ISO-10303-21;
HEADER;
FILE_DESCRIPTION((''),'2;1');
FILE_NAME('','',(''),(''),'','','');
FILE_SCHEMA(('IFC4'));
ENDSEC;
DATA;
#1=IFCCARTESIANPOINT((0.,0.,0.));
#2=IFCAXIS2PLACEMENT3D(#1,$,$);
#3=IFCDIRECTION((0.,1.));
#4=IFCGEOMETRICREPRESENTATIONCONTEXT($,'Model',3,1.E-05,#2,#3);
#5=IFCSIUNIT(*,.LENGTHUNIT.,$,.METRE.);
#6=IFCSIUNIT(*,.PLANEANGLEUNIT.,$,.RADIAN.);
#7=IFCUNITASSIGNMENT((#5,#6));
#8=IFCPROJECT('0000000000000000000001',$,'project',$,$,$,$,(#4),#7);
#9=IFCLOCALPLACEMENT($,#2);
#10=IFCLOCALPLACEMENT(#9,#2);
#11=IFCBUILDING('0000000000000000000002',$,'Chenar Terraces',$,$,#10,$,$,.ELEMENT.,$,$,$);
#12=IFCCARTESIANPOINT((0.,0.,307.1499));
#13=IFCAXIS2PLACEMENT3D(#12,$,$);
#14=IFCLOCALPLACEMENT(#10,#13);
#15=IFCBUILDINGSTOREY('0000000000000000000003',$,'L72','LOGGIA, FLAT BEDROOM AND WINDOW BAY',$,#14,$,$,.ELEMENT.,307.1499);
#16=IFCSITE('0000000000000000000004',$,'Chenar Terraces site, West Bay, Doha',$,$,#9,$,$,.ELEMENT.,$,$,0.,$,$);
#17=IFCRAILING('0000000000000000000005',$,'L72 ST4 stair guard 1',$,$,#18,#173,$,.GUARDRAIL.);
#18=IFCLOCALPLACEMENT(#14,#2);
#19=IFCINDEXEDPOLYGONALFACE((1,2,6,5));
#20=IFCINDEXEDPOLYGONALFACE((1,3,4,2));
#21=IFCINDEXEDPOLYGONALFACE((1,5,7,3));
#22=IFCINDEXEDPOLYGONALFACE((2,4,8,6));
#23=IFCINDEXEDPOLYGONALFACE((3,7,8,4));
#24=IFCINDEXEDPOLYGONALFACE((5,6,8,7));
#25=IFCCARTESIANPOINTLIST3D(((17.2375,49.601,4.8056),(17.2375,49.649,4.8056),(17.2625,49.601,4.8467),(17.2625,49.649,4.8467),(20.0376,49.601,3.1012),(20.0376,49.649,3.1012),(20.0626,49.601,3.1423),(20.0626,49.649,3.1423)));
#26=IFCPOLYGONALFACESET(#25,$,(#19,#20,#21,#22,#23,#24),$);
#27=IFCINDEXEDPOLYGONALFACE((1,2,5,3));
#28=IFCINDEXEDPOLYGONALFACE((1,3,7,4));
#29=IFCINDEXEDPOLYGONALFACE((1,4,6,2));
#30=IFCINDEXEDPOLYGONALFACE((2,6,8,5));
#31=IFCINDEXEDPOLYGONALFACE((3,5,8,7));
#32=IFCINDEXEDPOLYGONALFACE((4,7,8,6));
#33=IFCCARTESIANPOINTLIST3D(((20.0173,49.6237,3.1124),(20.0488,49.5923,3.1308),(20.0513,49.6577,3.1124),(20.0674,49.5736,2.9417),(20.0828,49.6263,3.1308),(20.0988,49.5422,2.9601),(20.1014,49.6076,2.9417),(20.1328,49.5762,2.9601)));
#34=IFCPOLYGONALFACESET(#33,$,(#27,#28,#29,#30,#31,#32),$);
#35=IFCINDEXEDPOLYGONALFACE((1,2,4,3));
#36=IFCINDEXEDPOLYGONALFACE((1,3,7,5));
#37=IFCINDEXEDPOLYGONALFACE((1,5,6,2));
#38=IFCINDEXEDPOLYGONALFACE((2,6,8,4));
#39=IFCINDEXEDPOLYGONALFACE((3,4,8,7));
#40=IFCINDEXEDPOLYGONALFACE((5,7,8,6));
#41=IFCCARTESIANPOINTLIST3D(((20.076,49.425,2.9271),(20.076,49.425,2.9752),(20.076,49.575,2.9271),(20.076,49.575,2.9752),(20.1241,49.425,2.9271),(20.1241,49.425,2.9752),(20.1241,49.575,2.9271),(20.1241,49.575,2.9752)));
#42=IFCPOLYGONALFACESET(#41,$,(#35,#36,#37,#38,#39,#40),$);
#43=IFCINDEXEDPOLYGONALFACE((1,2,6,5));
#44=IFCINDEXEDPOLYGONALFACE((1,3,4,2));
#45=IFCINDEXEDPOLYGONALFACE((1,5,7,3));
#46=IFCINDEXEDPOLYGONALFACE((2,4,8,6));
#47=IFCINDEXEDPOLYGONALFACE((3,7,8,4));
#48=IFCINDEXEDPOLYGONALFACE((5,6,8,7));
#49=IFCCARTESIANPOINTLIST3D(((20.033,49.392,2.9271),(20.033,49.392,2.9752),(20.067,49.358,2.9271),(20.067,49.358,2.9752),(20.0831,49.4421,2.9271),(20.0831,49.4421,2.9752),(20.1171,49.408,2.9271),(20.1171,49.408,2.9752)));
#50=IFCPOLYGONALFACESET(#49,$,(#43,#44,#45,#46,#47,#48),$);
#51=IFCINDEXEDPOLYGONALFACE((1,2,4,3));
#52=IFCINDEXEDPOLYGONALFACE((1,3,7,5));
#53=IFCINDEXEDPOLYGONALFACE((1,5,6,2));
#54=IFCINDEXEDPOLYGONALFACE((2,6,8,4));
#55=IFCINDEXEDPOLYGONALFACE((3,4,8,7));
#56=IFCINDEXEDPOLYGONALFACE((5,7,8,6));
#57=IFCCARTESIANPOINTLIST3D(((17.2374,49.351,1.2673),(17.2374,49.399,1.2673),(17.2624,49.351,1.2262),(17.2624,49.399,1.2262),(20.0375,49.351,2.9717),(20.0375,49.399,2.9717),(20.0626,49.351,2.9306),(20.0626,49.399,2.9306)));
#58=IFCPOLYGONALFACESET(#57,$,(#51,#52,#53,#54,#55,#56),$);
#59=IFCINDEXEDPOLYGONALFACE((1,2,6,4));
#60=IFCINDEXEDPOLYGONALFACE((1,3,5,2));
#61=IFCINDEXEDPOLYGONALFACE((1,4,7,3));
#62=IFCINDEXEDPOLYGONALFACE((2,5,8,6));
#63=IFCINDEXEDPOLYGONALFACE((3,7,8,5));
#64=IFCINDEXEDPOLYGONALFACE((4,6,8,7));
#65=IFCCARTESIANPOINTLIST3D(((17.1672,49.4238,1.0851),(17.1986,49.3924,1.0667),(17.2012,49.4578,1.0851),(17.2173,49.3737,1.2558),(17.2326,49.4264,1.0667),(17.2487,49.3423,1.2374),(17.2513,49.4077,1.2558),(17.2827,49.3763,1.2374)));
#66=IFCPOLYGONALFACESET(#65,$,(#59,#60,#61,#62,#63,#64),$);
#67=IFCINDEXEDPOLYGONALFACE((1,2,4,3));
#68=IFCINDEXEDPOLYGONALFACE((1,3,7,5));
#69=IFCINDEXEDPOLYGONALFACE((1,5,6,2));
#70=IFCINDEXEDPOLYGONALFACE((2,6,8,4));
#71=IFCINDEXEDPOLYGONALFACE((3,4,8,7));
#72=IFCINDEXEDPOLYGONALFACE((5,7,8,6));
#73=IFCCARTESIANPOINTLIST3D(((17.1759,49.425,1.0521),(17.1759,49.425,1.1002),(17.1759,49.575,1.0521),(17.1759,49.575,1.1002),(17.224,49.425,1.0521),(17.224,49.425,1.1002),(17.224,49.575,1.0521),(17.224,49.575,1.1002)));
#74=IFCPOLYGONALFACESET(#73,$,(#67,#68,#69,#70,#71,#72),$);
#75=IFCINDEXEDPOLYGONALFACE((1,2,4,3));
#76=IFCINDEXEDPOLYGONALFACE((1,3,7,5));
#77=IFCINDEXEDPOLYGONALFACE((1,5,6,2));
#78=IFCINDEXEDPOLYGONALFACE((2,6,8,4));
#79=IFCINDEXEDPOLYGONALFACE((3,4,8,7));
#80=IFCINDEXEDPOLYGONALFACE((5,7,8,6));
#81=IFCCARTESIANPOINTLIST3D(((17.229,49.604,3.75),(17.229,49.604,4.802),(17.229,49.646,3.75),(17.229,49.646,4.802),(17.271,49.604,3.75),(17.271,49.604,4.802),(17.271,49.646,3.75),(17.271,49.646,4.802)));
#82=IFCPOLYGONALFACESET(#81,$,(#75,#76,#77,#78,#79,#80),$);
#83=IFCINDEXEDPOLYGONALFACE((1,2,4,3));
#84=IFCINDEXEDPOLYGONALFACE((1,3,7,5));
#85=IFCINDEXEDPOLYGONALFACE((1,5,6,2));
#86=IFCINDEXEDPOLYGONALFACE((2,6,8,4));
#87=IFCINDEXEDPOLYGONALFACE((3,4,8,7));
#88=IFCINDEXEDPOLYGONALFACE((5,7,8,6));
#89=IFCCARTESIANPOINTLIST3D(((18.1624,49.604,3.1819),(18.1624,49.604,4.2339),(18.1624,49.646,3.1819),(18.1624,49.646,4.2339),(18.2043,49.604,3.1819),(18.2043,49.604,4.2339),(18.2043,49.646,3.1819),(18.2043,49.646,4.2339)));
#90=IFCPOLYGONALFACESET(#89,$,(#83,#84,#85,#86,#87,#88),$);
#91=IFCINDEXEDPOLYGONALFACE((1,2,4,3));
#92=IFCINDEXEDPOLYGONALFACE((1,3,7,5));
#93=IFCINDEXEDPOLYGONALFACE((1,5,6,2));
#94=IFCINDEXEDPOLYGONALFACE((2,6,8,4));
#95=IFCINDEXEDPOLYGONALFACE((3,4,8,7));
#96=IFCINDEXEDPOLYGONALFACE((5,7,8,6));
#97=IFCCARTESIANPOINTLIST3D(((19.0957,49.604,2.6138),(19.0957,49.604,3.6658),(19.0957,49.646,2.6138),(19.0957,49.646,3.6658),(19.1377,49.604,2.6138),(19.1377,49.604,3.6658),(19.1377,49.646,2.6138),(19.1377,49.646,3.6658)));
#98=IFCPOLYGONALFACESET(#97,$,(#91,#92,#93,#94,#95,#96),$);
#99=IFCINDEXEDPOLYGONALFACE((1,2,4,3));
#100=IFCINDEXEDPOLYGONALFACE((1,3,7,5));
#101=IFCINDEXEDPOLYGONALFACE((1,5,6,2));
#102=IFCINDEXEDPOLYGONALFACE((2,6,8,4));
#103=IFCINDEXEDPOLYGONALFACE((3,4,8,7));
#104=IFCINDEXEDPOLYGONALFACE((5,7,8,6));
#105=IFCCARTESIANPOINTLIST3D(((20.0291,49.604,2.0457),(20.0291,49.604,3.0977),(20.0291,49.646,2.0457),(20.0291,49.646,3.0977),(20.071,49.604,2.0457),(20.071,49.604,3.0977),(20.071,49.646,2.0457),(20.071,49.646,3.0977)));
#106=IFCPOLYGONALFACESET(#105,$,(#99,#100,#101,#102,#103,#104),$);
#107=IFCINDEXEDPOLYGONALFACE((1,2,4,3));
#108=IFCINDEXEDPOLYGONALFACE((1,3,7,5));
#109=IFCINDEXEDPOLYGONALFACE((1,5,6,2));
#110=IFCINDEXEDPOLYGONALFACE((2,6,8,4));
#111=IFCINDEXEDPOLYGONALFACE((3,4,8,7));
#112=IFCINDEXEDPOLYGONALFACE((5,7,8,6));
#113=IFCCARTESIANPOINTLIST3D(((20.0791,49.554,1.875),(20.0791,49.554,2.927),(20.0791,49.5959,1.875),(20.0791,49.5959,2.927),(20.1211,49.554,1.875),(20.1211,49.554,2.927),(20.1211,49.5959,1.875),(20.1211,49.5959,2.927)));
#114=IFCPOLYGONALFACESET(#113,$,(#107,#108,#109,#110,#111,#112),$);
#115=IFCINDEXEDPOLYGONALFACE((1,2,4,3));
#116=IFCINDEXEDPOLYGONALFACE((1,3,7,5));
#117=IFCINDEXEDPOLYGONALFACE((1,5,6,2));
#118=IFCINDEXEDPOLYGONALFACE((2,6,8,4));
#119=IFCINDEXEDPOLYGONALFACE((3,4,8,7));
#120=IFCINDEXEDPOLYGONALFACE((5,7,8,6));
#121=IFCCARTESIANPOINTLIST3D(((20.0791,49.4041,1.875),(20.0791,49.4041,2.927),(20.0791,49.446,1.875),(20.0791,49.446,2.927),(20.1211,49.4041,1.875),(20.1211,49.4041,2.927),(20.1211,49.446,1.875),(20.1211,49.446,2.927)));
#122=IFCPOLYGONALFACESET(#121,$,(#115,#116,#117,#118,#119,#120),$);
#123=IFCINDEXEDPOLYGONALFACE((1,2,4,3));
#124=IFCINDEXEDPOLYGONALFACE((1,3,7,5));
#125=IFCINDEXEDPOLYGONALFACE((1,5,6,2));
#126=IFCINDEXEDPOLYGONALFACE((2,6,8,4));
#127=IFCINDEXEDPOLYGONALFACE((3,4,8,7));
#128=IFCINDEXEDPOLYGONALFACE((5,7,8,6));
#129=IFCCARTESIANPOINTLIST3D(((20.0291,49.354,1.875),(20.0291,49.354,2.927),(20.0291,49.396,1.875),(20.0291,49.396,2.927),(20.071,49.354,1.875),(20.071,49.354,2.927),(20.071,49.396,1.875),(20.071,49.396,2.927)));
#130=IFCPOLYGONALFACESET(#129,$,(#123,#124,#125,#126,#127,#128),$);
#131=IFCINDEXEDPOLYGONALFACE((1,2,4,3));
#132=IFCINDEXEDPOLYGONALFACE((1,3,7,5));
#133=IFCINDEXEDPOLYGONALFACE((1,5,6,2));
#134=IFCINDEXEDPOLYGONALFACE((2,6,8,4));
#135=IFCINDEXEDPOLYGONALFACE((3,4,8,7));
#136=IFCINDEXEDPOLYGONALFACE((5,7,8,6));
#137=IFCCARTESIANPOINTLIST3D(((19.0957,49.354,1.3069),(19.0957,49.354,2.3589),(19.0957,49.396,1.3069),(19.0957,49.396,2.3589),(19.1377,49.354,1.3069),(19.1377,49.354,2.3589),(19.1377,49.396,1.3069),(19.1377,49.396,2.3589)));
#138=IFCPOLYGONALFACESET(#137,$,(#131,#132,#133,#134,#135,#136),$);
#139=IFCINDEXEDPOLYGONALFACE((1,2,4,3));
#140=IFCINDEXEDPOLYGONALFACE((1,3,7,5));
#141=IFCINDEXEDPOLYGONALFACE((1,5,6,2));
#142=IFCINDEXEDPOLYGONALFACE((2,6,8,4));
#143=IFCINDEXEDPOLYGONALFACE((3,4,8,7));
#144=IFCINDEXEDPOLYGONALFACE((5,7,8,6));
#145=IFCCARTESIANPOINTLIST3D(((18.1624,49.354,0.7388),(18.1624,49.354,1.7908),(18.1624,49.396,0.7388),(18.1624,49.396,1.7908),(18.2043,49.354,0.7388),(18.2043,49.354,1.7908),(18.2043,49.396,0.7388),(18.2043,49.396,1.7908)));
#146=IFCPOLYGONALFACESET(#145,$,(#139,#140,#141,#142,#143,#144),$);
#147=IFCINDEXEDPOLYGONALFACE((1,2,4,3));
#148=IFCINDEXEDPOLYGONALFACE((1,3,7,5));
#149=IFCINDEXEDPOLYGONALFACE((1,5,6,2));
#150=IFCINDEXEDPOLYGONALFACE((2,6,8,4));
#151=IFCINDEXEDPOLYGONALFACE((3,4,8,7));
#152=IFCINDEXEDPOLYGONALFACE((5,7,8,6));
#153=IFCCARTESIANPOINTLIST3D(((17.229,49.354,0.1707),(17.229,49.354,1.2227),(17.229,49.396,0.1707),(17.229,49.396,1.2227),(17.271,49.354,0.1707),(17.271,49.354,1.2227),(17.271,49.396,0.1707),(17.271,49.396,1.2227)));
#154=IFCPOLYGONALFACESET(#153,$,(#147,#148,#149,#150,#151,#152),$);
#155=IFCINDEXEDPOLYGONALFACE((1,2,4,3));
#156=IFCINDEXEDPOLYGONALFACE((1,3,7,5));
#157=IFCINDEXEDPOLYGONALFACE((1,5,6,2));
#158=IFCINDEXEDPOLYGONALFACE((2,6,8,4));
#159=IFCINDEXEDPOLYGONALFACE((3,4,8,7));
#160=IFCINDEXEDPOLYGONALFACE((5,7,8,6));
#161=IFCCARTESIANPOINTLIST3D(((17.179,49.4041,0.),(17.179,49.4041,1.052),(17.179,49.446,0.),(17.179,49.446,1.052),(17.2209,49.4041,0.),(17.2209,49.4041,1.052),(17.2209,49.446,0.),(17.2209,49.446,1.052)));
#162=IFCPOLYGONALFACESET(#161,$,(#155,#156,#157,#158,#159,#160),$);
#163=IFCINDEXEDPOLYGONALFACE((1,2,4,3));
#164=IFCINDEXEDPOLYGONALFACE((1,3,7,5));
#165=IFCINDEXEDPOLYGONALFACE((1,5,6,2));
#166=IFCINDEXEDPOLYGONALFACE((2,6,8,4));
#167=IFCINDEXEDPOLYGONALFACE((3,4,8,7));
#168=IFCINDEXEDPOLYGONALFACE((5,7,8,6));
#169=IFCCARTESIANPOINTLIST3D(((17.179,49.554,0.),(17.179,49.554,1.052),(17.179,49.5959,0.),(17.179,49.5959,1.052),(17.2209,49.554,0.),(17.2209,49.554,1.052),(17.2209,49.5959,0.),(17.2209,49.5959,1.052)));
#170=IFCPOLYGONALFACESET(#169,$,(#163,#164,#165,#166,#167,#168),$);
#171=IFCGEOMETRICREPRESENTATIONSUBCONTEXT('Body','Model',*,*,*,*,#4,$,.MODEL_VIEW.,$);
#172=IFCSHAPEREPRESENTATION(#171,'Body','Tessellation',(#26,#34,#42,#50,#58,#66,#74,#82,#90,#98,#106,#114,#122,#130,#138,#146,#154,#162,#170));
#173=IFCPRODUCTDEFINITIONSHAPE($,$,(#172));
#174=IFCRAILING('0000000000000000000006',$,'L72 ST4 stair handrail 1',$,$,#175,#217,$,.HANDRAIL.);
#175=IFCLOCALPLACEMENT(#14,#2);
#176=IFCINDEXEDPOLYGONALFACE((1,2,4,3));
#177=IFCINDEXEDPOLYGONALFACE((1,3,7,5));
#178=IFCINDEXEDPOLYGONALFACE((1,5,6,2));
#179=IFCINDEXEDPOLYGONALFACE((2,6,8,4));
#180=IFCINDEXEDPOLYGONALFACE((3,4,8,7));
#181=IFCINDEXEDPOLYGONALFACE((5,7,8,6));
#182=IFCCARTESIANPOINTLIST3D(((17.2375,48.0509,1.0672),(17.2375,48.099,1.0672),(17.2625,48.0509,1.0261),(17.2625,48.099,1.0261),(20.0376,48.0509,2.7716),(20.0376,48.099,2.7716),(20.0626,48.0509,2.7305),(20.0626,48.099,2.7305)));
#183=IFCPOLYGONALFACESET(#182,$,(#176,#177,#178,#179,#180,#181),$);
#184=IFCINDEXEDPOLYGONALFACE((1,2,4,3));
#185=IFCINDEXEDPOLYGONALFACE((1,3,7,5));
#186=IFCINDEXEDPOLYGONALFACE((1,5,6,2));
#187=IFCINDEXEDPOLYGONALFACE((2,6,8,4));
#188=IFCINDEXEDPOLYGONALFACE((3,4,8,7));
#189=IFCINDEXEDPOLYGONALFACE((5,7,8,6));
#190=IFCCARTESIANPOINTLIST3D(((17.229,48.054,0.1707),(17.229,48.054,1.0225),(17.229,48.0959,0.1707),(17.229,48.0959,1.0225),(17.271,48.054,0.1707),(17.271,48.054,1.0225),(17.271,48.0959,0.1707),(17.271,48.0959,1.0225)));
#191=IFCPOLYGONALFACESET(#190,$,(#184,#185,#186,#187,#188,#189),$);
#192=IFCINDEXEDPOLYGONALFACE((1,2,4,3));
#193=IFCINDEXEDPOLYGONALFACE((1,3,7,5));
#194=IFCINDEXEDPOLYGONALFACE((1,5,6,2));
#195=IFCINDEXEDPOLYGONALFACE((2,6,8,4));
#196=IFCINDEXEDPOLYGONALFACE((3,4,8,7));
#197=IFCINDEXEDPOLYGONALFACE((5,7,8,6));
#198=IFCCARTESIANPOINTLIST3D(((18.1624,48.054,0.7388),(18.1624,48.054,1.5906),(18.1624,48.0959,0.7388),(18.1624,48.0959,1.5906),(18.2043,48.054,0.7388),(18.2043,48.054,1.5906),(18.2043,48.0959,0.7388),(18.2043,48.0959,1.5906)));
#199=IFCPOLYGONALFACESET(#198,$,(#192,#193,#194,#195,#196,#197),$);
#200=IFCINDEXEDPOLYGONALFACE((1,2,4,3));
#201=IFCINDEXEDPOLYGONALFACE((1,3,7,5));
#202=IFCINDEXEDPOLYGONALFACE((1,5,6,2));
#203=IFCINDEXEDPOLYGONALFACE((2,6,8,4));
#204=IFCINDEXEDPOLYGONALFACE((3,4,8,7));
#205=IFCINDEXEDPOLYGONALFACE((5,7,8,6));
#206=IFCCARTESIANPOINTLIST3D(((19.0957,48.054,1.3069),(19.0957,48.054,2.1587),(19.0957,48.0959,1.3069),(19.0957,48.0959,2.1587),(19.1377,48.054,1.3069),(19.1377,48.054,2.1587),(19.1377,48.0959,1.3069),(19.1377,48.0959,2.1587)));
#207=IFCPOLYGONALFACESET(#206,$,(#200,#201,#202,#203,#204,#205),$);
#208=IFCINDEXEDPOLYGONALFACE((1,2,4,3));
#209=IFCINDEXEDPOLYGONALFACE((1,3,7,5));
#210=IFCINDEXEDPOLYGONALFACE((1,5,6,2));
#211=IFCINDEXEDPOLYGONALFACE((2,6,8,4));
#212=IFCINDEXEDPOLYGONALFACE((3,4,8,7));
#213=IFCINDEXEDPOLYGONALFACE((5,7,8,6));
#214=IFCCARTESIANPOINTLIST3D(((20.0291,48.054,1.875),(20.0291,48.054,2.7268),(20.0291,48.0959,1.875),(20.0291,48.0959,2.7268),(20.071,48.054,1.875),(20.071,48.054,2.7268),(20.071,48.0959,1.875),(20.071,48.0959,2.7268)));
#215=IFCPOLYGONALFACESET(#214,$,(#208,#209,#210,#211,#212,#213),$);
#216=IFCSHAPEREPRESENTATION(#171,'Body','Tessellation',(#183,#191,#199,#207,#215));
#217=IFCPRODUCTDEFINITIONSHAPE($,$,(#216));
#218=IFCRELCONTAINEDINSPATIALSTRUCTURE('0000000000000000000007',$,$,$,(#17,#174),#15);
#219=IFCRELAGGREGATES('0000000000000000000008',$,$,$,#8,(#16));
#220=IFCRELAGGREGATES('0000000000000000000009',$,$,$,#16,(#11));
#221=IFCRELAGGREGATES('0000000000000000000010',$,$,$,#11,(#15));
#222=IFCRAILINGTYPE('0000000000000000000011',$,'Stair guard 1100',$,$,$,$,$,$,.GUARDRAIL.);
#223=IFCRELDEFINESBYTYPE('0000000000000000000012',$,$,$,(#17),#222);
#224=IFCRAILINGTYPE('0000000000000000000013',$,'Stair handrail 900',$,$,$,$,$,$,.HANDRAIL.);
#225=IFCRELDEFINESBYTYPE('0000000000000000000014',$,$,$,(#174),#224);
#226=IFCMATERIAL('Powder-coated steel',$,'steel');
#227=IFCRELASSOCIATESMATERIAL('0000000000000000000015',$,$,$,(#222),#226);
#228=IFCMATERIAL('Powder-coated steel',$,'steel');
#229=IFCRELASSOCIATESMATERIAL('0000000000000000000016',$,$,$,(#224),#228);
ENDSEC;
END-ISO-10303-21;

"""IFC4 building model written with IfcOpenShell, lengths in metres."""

from ifc_helpers import new_model, si_unit, direction, frame, origin, origin_2d, place, context, subcontext, project, spatial, rectangle, extrude, material, type_object, element, save


model = new_model("IFC4")

# Units and contexts
model_context = context("Model", 3, precision=1e-05, world=origin(), true_north=direction((0.0, 1.0)))
body_context = subcontext(model_context, "Body", "Model", "MODEL_VIEW")
ifc_project = project(units=[si_unit("LENGTHUNIT", "METRE"), si_unit("PLANEANGLEUNIT", "RADIAN")], contexts=[model_context])

# Site, building, storey
site_placement = place(None, origin())
site = spatial("IfcSite", under=ifc_project, at=site_placement, Name="Chenar Terraces site, West Bay, Doha", CompositionType="ELEMENT", RefElevation=0.0)
building_placement = place(site_placement, origin())
building = spatial("IfcBuilding", under=site, at=building_placement, Name="Chenar Terraces", CompositionType="ELEMENT")
storey_placement = place(building_placement, frame((0.0, 0.0, 307.1499)))
storey = spatial("IfcBuildingStorey", under=building, at=storey_placement, Name="L72", Description="LOGGIA, FLAT BEDROOM AND WINDOW BAY", CompositionType="ELEMENT", Elevation=307.1499)

# Railings
ifc_material_1 = material(Name="Powder-coated steel", Category="steel")
railing_type_1 = type_object("IfcRailingType", Name="Stair guard 1100", PredefinedType="GUARDRAIL", material=ifc_material_1)
railing_1_placement = place(storey_placement, frame((17.25, 49.625, 3.75)))
element("IfcRailing", 1, at=railing_1_placement, inside=storey, type_object=railing_type_1, Name="L72 ST4 stair guard 1", PredefinedType="GUARDRAIL", context=body_context, shape_type="SweptSolid", body=[
    extrude(rectangle(XDim=0.0481, YDim=0.0481, at=origin_2d()), frame((0.0, 0.0, 1.0762), z_axis=(0.854203, 0.0, -0.51994), x_axis=(0.0, 1.0, 0.0)), (0.0, 0.0, 1.0), 3.2781),
    extrude(rectangle(XDim=0.0481, YDim=0.0481, at=origin_2d()), frame((2.8, 0.0, -0.6284), z_axis=(0.2709, -0.2709, -0.923703), x_axis=(0.707107, 0.707107, 0.0)), (0.0, 0.0, 1.0), 0.1848),
    extrude(rectangle(XDim=0.0481, YDim=0.0481, at=origin_2d()), frame((2.8501, -0.05, -0.7988), z_axis=(0.0, -1.0, 0.0), x_axis=(1.0, 0.0, 0.0)), (0.0, 0.0, 1.0), 0.1499),
    extrude(rectangle(XDim=0.0481, YDim=0.0481, at=origin_2d()), frame((2.8501, -0.2, -0.7988), z_axis=(-0.707107, -0.707107, 0.0), x_axis=(0.707107, -0.707107, 0.0)), (0.0, 0.0, 1.0), 0.0708),
    extrude(rectangle(XDim=0.0481, YDim=0.0481, at=origin_2d()), frame((2.8, -0.25, -0.7988), z_axis=(-0.854203, 0.0, -0.51994), x_axis=(0.0, -1.0, 0.0)), (0.0, 0.0, 1.0), 3.2781),
    extrude(rectangle(XDim=0.0481, YDim=0.0481, at=origin_2d()), frame((0.0, -0.25, -2.5034), z_axis=(-0.2709, 0.2709, -0.923703), x_axis=(-0.707107, -0.707107, 0.0)), (0.0, 0.0, 1.0), 0.1848),
    extrude(rectangle(XDim=0.0481, YDim=0.0481, at=origin_2d()), frame((-0.05, -0.2, -2.6738), z_axis=(0.0, 1.0, 0.0), x_axis=(-1.0, 0.0, 0.0)), (0.0, 0.0, 1.0), 0.1499),
    extrude(rectangle(XDim=0.042, YDim=0.042, at=origin_2d()), origin(), (0.0, 0.0, 1.0), 1.052),
    extrude(rectangle(XDim=0.042, YDim=0.042, at=origin_2d()), frame((0.9333, 0.0, -0.5681)), (0.0, 0.0, 1.0), 1.052),
    extrude(rectangle(XDim=0.042, YDim=0.042, at=origin_2d()), frame((1.8667, 0.0, -1.1362)), (0.0, 0.0, 1.0), 1.052),
    extrude(rectangle(XDim=0.042, YDim=0.042, at=origin_2d()), frame((2.8, 0.0, -1.7043)), (0.0, 0.0, 1.0), 1.052),
    extrude(rectangle(XDim=0.042, YDim=0.042, at=origin_2d()), frame((2.8501, -0.05, -1.875)), (0.0, 0.0, 1.0), 1.052),
    extrude(rectangle(XDim=0.042, YDim=0.042, at=origin_2d()), frame((2.8501, -0.2, -1.875)), (0.0, 0.0, 1.0), 1.052),
    extrude(rectangle(XDim=0.042, YDim=0.042, at=origin_2d()), frame((2.8, -0.25, -1.875)), (0.0, 0.0, 1.0), 1.052),
    extrude(rectangle(XDim=0.042, YDim=0.042, at=origin_2d()), frame((1.8667, -0.25, -2.4431)), (0.0, 0.0, 1.0), 1.052),
    extrude(rectangle(XDim=0.042, YDim=0.042, at=origin_2d()), frame((0.9333, -0.25, -3.0112)), (0.0, 0.0, 1.0), 1.052),
    extrude(rectangle(XDim=0.042, YDim=0.042, at=origin_2d()), frame((0.0, -0.25, -3.5793)), (0.0, 0.0, 1.0), 1.052),
    extrude(rectangle(XDim=0.042, YDim=0.042, at=origin_2d()), frame((-0.05, -0.2, -3.75)), (0.0, 0.0, 1.0), 1.052),
    extrude(rectangle(XDim=0.042, YDim=0.042, at=origin_2d()), frame((-0.05, -0.05, -3.75)), (0.0, 0.0, 1.0), 1.052),
])
ifc_material_2 = material(Name="Powder-coated steel", Category="steel")
railing_type_2 = type_object("IfcRailingType", Name="Stair handrail 900", PredefinedType="HANDRAIL", material=ifc_material_2)
railing_2_placement = place(storey_placement, frame((17.25, 48.075, 0.1707)))
element("IfcRailing", 2, at=railing_2_placement, inside=storey, type_object=railing_type_2, Name="L72 ST4 stair handrail 1", PredefinedType="HANDRAIL", context=body_context, shape_type="SweptSolid", body=[
    extrude(rectangle(XDim=0.0481, YDim=0.0481, at=origin_2d()), frame((0.0, 0.0, 0.876), z_axis=(0.854203, 0.0, 0.51994), x_axis=(0.0, 1.0, 0.0)), (0.0, 0.0, 1.0), 3.2781),
    extrude(rectangle(XDim=0.042, YDim=0.042, at=origin_2d()), origin(), (0.0, 0.0, 1.0), 0.8518),
    extrude(rectangle(XDim=0.042, YDim=0.042, at=origin_2d()), frame((0.9333, 0.0, 0.5681)), (0.0, 0.0, 1.0), 0.8518),
    extrude(rectangle(XDim=0.042, YDim=0.042, at=origin_2d()), frame((1.8667, 0.0, 1.1362)), (0.0, 0.0, 1.0), 0.8518),
    extrude(rectangle(XDim=0.042, YDim=0.042, at=origin_2d()), frame((2.8, 0.0, 1.7043)), (0.0, 0.0, 1.0), 0.8518),
])

save(model, "model.ifc")
